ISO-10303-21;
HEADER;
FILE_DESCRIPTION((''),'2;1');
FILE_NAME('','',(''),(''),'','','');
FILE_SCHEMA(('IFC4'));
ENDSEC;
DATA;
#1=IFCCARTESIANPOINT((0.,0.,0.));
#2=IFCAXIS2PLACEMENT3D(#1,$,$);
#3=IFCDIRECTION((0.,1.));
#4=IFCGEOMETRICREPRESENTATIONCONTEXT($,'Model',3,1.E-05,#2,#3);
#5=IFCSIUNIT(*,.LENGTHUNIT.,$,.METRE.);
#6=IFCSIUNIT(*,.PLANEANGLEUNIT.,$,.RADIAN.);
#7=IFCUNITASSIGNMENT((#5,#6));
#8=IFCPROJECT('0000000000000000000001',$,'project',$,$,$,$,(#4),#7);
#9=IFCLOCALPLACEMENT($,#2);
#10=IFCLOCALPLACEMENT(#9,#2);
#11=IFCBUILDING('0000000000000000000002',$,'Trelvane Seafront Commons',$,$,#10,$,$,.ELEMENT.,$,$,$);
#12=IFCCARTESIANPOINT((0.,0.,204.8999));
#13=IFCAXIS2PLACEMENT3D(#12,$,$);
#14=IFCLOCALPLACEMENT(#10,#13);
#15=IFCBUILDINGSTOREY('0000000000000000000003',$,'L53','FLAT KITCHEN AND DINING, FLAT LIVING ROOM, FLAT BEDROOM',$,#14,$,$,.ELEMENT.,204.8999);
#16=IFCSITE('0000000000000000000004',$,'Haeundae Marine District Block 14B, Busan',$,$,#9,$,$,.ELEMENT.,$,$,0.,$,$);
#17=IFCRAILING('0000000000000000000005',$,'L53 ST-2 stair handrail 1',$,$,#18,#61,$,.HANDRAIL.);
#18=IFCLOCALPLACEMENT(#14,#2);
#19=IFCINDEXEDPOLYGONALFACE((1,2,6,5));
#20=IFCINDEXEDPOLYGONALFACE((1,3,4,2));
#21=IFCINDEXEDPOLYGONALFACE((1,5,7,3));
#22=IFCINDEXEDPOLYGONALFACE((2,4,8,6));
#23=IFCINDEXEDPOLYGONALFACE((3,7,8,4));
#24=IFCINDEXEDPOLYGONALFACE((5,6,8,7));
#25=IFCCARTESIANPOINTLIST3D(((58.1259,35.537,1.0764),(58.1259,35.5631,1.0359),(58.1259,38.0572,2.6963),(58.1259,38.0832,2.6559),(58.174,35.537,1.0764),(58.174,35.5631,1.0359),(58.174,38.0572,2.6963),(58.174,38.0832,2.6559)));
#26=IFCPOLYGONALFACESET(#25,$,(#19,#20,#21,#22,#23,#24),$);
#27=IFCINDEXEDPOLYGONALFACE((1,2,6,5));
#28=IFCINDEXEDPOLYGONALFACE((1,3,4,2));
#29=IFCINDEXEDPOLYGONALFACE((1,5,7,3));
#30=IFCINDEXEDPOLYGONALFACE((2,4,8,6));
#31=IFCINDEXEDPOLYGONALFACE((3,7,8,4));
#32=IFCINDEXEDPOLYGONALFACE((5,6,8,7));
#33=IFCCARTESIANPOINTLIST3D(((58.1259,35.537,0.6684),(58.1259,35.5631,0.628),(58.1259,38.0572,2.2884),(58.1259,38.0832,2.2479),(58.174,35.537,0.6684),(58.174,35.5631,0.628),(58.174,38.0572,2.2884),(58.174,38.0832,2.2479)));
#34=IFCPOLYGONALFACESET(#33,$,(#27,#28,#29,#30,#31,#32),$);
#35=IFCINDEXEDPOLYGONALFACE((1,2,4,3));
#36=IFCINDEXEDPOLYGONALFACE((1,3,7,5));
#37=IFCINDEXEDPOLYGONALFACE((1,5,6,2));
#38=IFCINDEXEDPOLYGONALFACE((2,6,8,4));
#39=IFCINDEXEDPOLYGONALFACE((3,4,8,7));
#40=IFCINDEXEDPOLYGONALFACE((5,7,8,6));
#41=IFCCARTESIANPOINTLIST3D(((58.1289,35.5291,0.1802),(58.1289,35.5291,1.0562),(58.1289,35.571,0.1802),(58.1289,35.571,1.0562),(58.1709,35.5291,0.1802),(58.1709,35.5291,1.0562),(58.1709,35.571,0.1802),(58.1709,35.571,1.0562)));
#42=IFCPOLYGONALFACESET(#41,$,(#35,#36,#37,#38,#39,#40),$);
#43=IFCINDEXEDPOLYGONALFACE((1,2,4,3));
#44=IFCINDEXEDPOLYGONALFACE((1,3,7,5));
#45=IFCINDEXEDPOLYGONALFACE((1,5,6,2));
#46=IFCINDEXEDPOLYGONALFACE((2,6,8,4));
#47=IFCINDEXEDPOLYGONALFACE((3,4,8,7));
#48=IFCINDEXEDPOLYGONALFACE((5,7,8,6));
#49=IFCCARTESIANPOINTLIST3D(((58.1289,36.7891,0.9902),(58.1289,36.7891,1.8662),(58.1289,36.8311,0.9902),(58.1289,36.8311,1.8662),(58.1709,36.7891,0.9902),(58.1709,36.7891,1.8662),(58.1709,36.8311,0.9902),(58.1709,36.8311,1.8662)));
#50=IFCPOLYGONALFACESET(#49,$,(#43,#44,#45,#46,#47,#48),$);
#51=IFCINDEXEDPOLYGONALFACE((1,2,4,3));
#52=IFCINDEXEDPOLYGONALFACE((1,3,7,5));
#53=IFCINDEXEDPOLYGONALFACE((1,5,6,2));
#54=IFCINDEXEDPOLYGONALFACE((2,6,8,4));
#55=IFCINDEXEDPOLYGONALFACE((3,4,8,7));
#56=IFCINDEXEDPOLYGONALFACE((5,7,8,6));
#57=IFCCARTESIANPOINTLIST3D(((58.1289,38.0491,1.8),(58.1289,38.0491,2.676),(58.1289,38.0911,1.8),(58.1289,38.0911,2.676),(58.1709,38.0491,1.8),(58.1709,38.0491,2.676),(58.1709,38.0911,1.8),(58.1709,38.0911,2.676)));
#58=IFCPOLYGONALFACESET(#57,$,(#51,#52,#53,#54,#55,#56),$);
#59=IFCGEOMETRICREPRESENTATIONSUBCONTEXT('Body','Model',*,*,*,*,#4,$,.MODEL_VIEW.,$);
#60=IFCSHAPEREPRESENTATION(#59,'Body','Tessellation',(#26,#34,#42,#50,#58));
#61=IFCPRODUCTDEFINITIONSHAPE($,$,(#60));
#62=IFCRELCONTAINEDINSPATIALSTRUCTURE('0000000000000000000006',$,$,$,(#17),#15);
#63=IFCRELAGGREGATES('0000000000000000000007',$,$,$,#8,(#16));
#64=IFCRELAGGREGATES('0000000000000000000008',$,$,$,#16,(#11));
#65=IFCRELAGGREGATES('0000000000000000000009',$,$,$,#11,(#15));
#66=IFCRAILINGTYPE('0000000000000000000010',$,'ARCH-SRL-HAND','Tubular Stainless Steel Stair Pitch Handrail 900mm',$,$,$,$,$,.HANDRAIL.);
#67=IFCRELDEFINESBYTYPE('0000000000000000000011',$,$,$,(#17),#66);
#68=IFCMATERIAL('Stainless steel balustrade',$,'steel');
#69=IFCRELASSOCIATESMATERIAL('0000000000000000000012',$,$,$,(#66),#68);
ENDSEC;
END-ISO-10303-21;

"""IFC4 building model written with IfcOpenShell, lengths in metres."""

from ifc_helpers import new_model, si_unit, direction, frame, origin, origin_2d, place, context, subcontext, project, spatial, rectangle, extrude, material, type_object, element, save


model = new_model("IFC4")

# Units and contexts
model_context = context("Model", 3, precision=1e-05, world=origin(), true_north=direction((0.0, 1.0)))
body_context = subcontext(model_context, "Body", "Model", "MODEL_VIEW")
ifc_project = project(units=[si_unit("LENGTHUNIT", "METRE"), si_unit("PLANEANGLEUNIT", "RADIAN")], contexts=[model_context])

# Site, building, storey
site_placement = place(None, origin())
site = spatial("IfcSite", under=ifc_project, at=site_placement, Name="Haeundae Marine District Block 14B, Busan", CompositionType="ELEMENT", RefElevation=0.0)
building_placement = place(site_placement, origin())
building = spatial("IfcBuilding", under=site, at=building_placement, Name="Trelvane Seafront Commons", CompositionType="ELEMENT")
storey_placement = place(building_placement, frame((0.0, 0.0, 204.8999)))
storey = spatial("IfcBuildingStorey", under=building, at=storey_placement, Name="L53", Description="FLAT KITCHEN AND DINING, FLAT LIVING ROOM, FLAT BEDROOM", CompositionType="ELEMENT", Elevation=204.8999)

# Railing
ifc_material_1 = material(Name="Stainless steel balustrade", Category="steel")
railing_type_1 = type_object("IfcRailingType", Name="ARCH-SRL-HAND", Description="Tubular Stainless Steel Stair Pitch Handrail 900mm", PredefinedType="HANDRAIL", material=ifc_material_1)
railing_1_placement = place(storey_placement, frame((58.1499, 35.55, 0.1802)))
element("IfcRailing", 1, at=railing_1_placement, inside=storey, type_object=railing_type_1, Name="L53 ST-2 stair handrail 1", PredefinedType="HANDRAIL", context=body_context, shape_type="SweptSolid", body=[
    extrude(rectangle(XDim=0.0481, YDim=0.0481, at=origin_2d()), frame((0.0, 0.0, 0.876), z_axis=(0.0, 0.8412, 0.540725), x_axis=(-1.0, 0.0, 0.0)), (0.0, 0.0, 1.0), 2.9958),
    extrude(rectangle(XDim=0.0481, YDim=0.0481, at=origin_2d()), frame((0.0, 0.0, 0.468), z_axis=(0.0, 0.8412, 0.540725), x_axis=(-1.0, 0.0, 0.0)), (0.0, 0.0, 1.0), 2.9958),
    extrude(rectangle(XDim=0.042, YDim=0.042, at=origin_2d()), origin(), (0.0, 0.0, 1.0), 0.876),
    extrude(rectangle(XDim=0.042, YDim=0.042, at=origin_2d()), frame((0.0, 1.26, 0.8101)), (0.0, 0.0, 1.0), 0.876),
    extrude(rectangle(XDim=0.042, YDim=0.042, at=origin_2d()), frame((0.0, 2.52, 1.6199)), (0.0, 0.0, 1.0), 0.876),
])

save(model, "model.ifc")
